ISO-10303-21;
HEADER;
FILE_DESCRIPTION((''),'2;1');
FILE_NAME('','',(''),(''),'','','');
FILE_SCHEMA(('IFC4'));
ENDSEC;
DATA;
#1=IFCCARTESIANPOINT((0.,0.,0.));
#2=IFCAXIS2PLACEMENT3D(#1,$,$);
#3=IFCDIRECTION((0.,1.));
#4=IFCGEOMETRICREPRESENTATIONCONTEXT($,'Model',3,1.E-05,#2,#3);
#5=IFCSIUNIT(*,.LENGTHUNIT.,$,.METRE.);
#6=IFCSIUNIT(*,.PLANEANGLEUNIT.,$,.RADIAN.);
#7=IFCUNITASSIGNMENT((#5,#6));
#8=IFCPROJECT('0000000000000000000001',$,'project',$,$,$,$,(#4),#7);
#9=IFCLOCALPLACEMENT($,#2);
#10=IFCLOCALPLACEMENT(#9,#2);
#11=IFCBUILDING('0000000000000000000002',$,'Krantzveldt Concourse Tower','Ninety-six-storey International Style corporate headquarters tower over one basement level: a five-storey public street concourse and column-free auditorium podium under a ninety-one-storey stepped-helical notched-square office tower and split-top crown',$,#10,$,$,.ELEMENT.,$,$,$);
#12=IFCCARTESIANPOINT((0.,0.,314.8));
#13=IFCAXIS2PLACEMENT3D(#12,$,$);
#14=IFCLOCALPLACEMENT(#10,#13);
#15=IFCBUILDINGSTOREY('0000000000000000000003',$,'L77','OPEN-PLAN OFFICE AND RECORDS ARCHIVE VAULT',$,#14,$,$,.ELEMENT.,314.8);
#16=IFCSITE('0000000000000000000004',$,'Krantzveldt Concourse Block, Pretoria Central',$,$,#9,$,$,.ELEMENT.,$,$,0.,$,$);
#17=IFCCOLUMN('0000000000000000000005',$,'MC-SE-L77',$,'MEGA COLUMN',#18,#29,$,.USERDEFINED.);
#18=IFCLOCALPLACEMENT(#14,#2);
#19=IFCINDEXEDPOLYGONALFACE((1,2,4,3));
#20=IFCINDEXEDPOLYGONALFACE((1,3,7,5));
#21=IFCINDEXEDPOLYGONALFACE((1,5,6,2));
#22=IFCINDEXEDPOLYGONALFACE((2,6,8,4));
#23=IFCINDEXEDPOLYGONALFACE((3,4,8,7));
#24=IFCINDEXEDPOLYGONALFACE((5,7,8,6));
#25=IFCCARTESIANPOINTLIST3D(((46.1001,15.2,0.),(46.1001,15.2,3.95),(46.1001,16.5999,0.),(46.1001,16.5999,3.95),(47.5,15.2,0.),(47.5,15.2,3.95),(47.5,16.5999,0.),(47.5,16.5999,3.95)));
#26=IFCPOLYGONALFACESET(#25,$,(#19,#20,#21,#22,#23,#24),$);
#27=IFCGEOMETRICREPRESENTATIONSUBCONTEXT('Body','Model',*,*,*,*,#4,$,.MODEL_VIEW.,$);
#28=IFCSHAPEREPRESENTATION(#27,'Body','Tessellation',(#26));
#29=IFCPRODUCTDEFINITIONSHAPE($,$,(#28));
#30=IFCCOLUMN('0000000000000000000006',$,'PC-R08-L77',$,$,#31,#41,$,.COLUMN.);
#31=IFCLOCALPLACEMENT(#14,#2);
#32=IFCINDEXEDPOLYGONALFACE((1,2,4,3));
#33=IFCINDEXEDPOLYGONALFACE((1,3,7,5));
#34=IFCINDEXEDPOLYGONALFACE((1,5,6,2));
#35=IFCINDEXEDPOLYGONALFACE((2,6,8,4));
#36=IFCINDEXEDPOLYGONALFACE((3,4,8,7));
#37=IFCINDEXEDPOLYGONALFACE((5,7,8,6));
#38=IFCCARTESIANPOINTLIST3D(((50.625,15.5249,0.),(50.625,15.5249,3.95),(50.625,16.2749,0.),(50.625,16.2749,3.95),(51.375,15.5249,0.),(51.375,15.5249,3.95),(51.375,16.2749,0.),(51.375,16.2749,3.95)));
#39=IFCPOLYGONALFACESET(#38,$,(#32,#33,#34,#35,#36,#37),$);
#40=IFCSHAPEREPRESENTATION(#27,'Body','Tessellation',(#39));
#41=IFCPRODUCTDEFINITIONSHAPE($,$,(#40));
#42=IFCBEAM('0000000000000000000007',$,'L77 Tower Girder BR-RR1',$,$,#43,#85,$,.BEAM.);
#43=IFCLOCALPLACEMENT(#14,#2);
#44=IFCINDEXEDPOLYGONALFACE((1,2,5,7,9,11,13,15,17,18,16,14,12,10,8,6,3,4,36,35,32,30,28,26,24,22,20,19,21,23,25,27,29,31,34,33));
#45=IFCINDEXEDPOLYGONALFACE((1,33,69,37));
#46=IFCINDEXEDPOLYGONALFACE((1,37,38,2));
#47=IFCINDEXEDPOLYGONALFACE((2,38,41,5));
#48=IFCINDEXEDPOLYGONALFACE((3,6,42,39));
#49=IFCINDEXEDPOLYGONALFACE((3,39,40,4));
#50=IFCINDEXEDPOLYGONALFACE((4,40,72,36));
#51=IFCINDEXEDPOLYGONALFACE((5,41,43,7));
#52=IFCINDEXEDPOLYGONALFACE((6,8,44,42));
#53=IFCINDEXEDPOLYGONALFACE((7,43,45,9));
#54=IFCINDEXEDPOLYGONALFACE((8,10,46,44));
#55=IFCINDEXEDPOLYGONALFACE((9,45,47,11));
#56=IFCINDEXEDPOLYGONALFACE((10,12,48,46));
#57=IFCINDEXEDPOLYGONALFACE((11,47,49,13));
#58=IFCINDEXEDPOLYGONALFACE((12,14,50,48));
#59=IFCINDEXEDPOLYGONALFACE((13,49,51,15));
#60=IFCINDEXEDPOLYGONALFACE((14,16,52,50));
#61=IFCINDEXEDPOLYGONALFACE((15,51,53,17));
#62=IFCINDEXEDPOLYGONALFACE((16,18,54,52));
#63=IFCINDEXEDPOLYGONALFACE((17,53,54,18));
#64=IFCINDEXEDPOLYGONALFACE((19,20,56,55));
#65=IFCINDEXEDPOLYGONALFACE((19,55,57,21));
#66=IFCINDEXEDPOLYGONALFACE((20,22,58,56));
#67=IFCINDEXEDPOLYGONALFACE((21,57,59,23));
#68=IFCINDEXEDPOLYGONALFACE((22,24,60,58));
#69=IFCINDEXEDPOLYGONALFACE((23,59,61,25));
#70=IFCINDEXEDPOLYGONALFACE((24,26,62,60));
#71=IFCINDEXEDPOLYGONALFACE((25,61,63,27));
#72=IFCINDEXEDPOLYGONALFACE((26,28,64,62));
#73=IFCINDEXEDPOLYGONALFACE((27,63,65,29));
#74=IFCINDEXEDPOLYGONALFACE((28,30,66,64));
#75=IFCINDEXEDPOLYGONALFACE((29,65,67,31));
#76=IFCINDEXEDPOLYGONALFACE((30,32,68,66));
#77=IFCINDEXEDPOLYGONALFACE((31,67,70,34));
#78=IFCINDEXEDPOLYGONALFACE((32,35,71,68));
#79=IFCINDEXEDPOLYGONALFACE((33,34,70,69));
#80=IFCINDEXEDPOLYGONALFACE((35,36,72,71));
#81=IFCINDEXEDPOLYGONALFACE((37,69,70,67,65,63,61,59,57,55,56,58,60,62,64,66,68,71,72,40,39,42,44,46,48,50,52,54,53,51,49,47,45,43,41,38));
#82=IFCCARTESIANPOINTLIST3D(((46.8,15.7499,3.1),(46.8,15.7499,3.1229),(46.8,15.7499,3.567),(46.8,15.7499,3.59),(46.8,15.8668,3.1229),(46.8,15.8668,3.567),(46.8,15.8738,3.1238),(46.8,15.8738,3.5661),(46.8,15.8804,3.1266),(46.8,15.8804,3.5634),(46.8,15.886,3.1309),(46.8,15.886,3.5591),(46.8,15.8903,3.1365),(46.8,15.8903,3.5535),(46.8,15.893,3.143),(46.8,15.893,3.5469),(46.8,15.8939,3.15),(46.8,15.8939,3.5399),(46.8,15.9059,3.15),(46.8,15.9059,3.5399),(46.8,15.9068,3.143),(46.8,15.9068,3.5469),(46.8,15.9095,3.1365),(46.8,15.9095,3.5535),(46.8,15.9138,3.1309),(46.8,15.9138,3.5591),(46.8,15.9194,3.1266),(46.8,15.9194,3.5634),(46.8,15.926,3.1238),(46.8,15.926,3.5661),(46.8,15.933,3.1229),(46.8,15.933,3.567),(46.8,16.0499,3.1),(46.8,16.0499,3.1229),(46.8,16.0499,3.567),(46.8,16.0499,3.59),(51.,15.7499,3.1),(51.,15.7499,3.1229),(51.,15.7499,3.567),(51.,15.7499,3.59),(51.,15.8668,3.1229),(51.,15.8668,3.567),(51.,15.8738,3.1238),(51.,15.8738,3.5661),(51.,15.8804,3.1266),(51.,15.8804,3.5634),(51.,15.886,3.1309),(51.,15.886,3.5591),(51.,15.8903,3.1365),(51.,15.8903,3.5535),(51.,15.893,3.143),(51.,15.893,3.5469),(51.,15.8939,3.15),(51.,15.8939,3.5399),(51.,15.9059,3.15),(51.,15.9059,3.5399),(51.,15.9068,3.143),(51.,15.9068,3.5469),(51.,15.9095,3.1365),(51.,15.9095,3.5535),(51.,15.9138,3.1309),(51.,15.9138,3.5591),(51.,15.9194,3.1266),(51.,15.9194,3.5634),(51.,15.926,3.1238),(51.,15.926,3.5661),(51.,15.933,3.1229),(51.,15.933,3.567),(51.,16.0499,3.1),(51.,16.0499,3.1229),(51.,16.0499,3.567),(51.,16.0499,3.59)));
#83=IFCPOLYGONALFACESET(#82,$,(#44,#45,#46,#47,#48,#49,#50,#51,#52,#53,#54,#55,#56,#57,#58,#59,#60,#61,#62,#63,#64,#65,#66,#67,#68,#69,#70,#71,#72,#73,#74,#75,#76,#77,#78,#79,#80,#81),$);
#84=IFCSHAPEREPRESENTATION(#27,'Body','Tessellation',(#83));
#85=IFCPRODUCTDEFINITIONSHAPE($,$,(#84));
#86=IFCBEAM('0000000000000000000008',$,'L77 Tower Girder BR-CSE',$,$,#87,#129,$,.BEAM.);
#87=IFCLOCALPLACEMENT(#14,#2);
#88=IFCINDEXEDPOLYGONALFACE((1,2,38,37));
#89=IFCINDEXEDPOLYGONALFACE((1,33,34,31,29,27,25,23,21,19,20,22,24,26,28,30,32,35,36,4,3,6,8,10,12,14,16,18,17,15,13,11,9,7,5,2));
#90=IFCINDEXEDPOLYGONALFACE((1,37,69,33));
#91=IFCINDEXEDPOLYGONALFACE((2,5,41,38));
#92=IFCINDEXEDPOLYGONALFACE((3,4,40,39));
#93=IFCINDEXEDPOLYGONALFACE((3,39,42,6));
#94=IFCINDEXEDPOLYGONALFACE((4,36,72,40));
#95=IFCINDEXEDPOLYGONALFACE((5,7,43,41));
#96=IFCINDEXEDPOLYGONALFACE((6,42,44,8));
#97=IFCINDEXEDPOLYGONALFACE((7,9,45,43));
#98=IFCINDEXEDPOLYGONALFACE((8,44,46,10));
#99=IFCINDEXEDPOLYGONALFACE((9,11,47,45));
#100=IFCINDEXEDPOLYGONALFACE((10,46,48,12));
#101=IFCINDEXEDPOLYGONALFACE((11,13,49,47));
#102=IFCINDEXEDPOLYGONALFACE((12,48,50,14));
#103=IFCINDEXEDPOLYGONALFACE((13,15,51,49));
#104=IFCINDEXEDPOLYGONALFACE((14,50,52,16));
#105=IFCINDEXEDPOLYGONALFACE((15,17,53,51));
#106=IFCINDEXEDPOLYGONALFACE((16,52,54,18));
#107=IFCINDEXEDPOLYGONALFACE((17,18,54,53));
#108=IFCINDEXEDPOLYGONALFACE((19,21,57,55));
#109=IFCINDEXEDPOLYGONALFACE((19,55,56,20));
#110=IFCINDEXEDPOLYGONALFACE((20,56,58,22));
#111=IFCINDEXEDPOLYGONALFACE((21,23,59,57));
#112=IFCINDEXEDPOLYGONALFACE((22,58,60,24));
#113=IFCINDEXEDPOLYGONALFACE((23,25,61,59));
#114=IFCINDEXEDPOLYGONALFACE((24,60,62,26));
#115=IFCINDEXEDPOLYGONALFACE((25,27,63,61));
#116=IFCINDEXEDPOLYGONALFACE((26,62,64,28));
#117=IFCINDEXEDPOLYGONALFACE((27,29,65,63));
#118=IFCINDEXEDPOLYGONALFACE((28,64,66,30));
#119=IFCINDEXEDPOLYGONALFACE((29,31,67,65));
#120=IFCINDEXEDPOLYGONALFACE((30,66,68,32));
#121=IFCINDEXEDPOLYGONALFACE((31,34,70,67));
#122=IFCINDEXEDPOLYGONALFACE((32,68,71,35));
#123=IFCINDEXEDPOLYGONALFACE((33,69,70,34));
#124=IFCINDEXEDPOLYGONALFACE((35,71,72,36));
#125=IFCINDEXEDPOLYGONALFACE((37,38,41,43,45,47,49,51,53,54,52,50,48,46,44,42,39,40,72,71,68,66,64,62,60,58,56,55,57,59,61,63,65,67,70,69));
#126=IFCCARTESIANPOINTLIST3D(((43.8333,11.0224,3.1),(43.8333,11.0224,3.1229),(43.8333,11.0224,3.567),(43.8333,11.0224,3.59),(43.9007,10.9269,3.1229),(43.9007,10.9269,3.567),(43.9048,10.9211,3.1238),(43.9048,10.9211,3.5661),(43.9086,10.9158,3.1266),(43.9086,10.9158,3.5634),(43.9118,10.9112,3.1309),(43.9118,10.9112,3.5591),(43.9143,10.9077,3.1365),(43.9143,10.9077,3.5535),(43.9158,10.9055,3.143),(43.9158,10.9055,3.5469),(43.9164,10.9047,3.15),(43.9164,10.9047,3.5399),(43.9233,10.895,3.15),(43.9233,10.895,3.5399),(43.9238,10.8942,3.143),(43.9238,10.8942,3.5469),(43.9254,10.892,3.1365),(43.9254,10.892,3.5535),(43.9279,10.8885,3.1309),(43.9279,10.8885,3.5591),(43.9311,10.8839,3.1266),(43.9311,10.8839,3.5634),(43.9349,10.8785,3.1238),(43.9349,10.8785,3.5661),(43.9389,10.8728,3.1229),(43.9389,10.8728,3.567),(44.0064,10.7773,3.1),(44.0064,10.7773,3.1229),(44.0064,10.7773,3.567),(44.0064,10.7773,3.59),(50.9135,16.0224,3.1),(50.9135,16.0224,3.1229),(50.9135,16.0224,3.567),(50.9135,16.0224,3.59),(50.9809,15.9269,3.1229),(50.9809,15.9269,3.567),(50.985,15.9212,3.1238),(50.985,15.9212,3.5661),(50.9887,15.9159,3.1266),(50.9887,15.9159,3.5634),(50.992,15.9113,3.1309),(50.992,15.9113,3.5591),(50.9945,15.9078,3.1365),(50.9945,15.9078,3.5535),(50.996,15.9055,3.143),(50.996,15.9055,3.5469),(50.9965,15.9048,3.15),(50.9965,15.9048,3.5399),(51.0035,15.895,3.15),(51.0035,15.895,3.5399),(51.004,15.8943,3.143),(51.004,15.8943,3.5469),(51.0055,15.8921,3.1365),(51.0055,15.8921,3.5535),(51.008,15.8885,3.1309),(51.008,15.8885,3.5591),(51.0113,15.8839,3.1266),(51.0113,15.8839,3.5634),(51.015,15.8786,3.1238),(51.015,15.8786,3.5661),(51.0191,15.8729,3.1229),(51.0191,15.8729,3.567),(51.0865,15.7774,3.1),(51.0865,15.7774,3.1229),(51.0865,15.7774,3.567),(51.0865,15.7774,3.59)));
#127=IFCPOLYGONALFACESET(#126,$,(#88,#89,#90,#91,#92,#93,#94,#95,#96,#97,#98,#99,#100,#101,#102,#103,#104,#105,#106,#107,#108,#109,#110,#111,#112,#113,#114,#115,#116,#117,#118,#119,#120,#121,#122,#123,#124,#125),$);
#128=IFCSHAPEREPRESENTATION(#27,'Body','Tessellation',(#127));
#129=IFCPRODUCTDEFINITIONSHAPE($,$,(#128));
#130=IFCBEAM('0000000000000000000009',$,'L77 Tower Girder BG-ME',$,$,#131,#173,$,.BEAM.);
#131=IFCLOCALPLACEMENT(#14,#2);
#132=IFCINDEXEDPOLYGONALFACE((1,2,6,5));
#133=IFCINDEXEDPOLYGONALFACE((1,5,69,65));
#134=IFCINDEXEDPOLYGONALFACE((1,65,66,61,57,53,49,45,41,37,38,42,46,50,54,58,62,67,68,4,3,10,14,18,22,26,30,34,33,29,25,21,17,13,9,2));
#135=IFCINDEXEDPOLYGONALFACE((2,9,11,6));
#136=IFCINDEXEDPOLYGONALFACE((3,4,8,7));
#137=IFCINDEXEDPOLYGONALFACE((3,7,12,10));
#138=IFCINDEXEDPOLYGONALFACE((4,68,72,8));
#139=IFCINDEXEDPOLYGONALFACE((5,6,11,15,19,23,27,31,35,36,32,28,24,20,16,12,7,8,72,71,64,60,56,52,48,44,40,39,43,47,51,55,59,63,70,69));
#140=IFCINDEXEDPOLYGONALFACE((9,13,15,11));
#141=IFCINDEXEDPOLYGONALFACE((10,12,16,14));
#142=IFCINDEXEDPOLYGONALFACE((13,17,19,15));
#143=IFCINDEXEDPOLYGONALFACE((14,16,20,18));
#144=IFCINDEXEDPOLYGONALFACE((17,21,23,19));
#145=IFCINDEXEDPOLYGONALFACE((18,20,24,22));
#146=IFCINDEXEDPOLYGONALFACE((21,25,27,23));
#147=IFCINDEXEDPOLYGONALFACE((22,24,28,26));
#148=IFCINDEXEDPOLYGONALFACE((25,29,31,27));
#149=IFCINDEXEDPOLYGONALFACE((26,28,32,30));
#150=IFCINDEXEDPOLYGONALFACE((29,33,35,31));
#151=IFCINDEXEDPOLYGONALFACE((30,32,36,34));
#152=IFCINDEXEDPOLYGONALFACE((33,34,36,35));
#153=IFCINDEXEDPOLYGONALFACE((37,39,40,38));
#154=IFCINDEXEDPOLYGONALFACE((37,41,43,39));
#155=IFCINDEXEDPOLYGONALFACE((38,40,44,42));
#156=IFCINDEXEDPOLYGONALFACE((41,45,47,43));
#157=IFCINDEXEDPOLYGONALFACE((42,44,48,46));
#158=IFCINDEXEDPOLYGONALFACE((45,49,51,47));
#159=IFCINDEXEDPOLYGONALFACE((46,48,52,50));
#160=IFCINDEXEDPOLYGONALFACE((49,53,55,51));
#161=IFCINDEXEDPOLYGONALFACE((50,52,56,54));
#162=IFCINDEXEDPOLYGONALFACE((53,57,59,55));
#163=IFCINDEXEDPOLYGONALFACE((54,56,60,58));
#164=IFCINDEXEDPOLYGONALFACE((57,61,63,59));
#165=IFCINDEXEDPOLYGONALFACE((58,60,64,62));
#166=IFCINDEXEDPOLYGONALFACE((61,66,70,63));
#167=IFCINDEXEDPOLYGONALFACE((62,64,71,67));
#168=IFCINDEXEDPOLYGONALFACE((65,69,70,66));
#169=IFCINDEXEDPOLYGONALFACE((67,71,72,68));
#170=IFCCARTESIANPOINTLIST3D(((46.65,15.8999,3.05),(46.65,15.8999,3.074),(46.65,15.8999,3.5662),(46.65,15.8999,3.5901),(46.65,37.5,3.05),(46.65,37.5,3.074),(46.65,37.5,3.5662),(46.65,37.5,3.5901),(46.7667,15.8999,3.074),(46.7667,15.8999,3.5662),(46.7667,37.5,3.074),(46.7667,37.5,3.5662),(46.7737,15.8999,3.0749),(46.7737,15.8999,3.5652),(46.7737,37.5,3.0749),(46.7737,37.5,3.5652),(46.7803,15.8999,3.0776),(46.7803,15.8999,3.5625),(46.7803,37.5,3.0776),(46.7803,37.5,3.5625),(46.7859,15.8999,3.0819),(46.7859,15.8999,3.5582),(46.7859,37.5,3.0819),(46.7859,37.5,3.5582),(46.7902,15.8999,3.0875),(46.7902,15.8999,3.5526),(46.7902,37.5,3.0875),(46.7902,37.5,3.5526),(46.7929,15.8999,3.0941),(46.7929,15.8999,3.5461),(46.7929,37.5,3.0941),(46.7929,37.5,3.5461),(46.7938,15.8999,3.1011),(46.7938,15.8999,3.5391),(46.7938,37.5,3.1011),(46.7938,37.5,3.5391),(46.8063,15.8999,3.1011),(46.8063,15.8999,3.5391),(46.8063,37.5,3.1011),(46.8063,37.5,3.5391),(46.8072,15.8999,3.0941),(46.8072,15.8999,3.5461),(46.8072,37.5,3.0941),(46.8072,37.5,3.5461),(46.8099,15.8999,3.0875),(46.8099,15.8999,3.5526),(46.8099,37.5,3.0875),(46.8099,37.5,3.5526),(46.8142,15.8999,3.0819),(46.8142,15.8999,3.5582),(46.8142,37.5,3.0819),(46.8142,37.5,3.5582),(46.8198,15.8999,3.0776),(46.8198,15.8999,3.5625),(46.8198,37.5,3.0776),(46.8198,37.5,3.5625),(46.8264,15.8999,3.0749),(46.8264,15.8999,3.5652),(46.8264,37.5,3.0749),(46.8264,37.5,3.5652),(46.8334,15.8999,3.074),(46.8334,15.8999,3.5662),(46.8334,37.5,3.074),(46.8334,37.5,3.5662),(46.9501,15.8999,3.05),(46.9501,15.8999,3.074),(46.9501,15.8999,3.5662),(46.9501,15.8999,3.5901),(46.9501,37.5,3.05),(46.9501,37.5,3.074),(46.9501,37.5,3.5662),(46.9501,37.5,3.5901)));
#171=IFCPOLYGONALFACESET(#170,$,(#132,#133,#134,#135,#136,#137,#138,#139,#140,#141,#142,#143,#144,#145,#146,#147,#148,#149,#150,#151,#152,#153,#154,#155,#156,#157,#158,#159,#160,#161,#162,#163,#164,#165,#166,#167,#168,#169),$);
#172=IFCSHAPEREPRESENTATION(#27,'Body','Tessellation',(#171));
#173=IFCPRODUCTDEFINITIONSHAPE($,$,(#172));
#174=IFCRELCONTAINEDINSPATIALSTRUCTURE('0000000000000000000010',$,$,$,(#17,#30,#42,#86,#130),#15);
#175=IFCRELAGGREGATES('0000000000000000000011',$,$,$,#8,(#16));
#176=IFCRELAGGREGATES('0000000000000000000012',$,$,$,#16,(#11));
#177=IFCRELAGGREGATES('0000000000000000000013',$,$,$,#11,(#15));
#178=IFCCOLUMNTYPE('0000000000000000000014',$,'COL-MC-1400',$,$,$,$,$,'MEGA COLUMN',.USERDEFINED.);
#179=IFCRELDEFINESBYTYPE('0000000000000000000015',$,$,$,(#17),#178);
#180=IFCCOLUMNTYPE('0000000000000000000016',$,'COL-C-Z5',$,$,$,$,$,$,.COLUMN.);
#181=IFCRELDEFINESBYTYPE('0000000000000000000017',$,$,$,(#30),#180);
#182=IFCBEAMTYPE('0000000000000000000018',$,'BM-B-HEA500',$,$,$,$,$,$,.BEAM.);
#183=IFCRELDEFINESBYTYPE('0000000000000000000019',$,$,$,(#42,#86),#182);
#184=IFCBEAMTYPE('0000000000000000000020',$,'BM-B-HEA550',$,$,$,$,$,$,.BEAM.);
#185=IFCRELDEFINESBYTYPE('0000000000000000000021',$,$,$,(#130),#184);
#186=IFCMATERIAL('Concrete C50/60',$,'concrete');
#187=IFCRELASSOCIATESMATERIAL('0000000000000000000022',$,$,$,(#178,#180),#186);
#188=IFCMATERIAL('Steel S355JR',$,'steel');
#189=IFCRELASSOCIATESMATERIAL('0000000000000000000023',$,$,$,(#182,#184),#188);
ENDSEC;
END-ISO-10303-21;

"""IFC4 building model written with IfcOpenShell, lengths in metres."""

from ifc_helpers import new_model, si_unit, direction, frame, origin, origin_2d, place, context, subcontext, project, spatial, rectangle, i_section, extrude, source, transform, mapped, material, material_profile, profile_set, type_object, type_shapes, element, save


model = new_model("IFC4")

# Units and contexts
model_context = context("Model", 3, precision=1e-05, world=origin(), true_north=direction((0.0, 1.0)))
body_context = subcontext(model_context, "Body", "Model", "MODEL_VIEW")
ifc_project = project(units=[si_unit("LENGTHUNIT", "METRE"), si_unit("PLANEANGLEUNIT", "RADIAN")], contexts=[model_context])

# Site, building, storey
site_placement = place(None, origin())
site = spatial("IfcSite", under=ifc_project, at=site_placement, Name="Krantzveldt Concourse Block, Pretoria Central", CompositionType="ELEMENT", RefElevation=0.0)
building_placement = place(site_placement, origin())
building = spatial("IfcBuilding", under=site, at=building_placement, Name="Krantzveldt Concourse Tower", Description="Ninety-six-storey International Style corporate headquarters tower over one basement level: a five-storey public street concourse and column-free auditorium podium under a ninety-one-storey stepped-helical notched-square office tower and split-top crown", CompositionType="ELEMENT")
storey_placement = place(building_placement, frame((0.0, 0.0, 314.8)))
storey = spatial("IfcBuildingStorey", under=building, at=storey_placement, Name="L77", Description="OPEN-PLAN OFFICE AND RECORDS ARCHIVE VAULT", CompositionType="ELEMENT", Elevation=314.8)

# Columns
ifc_material_1 = material(Name="Concrete C50/60", Category="concrete")
ifc_material_profile_1 = material_profile(ifc_material_1, rectangle(XDim=1.3999, YDim=1.3999, at=origin_2d()), Name="Concrete C50/60", Category="concrete")
ifc_profile_set_1 = profile_set([ifc_material_profile_1], Name="Concrete C50/60 - RC 1400x1400")
column_type_1 = type_object("IfcColumnType", Name="COL-MC-1400", ElementType="MEGA COLUMN", PredefinedType="USERDEFINED", material=ifc_profile_set_1)
shared_shape_1 = source(origin(), body_context, "Body", "SweptSolid", [
    extrude(rectangle(XDim=1.3999, YDim=1.3999, at=origin_2d()), origin(), (0.0, 0.0, 1.0), 3.95),
])
type_shapes(column_type_1, [shared_shape_1])
column_1_placement = place(storey_placement, frame((46.8, 15.8999, 0.0), z_axis=(0.0, 0.0, 1.0), x_axis=(1.0, 0.0, 0.0)))
element("IfcColumn", 1, at=column_1_placement, inside=storey, type_object=column_type_1, Name="MC-SE-L77", ObjectType="MEGA COLUMN", PredefinedType="USERDEFINED", context=body_context, shape_type="MappedRepresentation", body=[
    mapped(shared_shape_1, transform((0.0, 0.0, 0.0), x_axis=(1.0, 0.0, 0.0), y_axis=(0.0, 1.0, 0.0), z_axis=(0.0, 0.0, 1.0), scale=1.0)),
])
ifc_material_profile_2 = material_profile(ifc_material_1, rectangle(XDim=0.75, YDim=0.75, at=origin_2d()), Name="Concrete C50/60", Category="concrete")
ifc_profile_set_2 = profile_set([ifc_material_profile_2], Name="Concrete C50/60 - RC 750x750")
column_type_2 = type_object("IfcColumnType", Name="COL-C-Z5", PredefinedType="COLUMN", material=ifc_profile_set_2)
shared_shape_2 = source(origin(), body_context, "Body", "SweptSolid", [
    extrude(rectangle(XDim=0.75, YDim=0.75, at=origin_2d()), origin(), (0.0, 0.0, 1.0), 3.95),
])
type_shapes(column_type_2, [shared_shape_2])
column_2_placement = place(storey_placement, frame((51.0, 15.8999, 0.0), z_axis=(0.0, 0.0, 1.0), x_axis=(1.0, 0.0, 0.0)))
element("IfcColumn", 2, at=column_2_placement, inside=storey, type_object=column_type_2, Name="PC-R08-L77", PredefinedType="COLUMN", context=body_context, shape_type="MappedRepresentation", body=[
    mapped(shared_shape_2, transform((0.0, 0.0, 0.0), x_axis=(1.0, 0.0, 0.0), y_axis=(0.0, 1.0, 0.0), z_axis=(0.0, 0.0, 1.0), scale=1.0)),
])

# Beams
ifc_material_2 = material(Name="Steel S355JR", Category="steel")
ifc_material_profile_3 = material_profile(ifc_material_2, i_section(OverallWidth=0.3, OverallDepth=0.49, WebThickness=0.012, FlangeThickness=0.0229, FilletRadius=0.0271, at=origin_2d()), Name="Steel S355JR", Category="steel")
ifc_profile_set_3 = profile_set([ifc_material_profile_3], Name="Steel S355JR - HEA 500")
beam_type_1 = type_object("IfcBeamType", Name="BM-B-HEA500", PredefinedType="BEAM", material=ifc_profile_set_3)
shared_shape_3 = source(origin(), body_context, "Body", "SweptSolid", [
    extrude(i_section(OverallWidth=0.3, OverallDepth=0.49, WebThickness=0.012, FlangeThickness=0.0229, FilletRadius=0.0271, at=origin_2d()), origin(), (0.0, 0.0, 1.0), 4.2),
])
beam_1_placement = place(storey_placement, frame((46.8, 15.8999, 3.345), z_axis=(1.0, 0.0, 0.0), x_axis=(0.0, 1.0, 0.0)))
element("IfcBeam", 3, at=beam_1_placement, inside=storey, type_object=beam_type_1, Name="L77 Tower Girder BR-RR1", PredefinedType="BEAM", context=body_context, shape_type="MappedRepresentation", body=[
    mapped(shared_shape_3, transform((0.0, 0.0, 0.0), x_axis=(1.0, 0.0, 0.0), y_axis=(0.0, 1.0, 0.0), z_axis=(0.0, 0.0, 1.0), scale=1.0)),
])
shared_shape_4 = source(origin(), body_context, "Body", "SweptSolid", [
    extrude(i_section(OverallWidth=0.3, OverallDepth=0.49, WebThickness=0.012, FlangeThickness=0.0229, FilletRadius=0.0271, at=origin_2d()), origin(), (0.0, 0.0, 1.0), 8.6677),
])
type_shapes(beam_type_1, [shared_shape_3, shared_shape_4])
beam_2_placement = place(storey_placement, frame((51.0, 15.8999, 3.345), z_axis=(-0.816843, -0.57686, 0.0), x_axis=(0.57686, -0.816843, 0.0)))
element("IfcBeam", 4, at=beam_2_placement, inside=storey, type_object=beam_type_1, Name="L77 Tower Girder BR-CSE", PredefinedType="BEAM", context=body_context, shape_type="MappedRepresentation", body=[
    mapped(shared_shape_4, transform((0.0, 0.0, 0.0), x_axis=(1.0, 0.0, 0.0), y_axis=(0.0, 1.0, 0.0), z_axis=(0.0, 0.0, 1.0), scale=1.0)),
])
ifc_material_profile_4 = material_profile(ifc_material_2, i_section(OverallWidth=0.3, OverallDepth=0.54, WebThickness=0.0125, FlangeThickness=0.0239, FilletRadius=0.0271, at=origin_2d()), Name="Steel S355JR", Category="steel")
ifc_profile_set_4 = profile_set([ifc_material_profile_4], Name="Steel S355JR - HEA 550")
beam_type_2 = type_object("IfcBeamType", Name="BM-B-HEA550", PredefinedType="BEAM", material=ifc_profile_set_4)
shared_shape_5 = source(origin(), body_context, "Body", "SweptSolid", [
    extrude(i_section(OverallWidth=0.3, OverallDepth=0.54, WebThickness=0.0125, FlangeThickness=0.0239, FilletRadius=0.0271, at=origin_2d()), origin(), (0.0, 0.0, 1.0), 21.6001),
])
beam_3_placement = place(storey_placement, frame((46.8, 15.8999, 3.3201), z_axis=(0.0, 1.0, 0.0), x_axis=(-1.0, 0.0, 0.0)))
element("IfcBeam", 5, at=beam_3_placement, inside=storey, type_object=beam_type_2, Name="L77 Tower Girder BG-ME", PredefinedType="BEAM", context=body_context, shape_type="MappedRepresentation", body=[
    mapped(shared_shape_5, transform((0.0, 0.0, 0.0), x_axis=(1.0, 0.0, 0.0), y_axis=(0.0, 1.0, 0.0), z_axis=(0.0, 0.0, 1.0), scale=1.0)),
])

save(model, "model.ifc")
